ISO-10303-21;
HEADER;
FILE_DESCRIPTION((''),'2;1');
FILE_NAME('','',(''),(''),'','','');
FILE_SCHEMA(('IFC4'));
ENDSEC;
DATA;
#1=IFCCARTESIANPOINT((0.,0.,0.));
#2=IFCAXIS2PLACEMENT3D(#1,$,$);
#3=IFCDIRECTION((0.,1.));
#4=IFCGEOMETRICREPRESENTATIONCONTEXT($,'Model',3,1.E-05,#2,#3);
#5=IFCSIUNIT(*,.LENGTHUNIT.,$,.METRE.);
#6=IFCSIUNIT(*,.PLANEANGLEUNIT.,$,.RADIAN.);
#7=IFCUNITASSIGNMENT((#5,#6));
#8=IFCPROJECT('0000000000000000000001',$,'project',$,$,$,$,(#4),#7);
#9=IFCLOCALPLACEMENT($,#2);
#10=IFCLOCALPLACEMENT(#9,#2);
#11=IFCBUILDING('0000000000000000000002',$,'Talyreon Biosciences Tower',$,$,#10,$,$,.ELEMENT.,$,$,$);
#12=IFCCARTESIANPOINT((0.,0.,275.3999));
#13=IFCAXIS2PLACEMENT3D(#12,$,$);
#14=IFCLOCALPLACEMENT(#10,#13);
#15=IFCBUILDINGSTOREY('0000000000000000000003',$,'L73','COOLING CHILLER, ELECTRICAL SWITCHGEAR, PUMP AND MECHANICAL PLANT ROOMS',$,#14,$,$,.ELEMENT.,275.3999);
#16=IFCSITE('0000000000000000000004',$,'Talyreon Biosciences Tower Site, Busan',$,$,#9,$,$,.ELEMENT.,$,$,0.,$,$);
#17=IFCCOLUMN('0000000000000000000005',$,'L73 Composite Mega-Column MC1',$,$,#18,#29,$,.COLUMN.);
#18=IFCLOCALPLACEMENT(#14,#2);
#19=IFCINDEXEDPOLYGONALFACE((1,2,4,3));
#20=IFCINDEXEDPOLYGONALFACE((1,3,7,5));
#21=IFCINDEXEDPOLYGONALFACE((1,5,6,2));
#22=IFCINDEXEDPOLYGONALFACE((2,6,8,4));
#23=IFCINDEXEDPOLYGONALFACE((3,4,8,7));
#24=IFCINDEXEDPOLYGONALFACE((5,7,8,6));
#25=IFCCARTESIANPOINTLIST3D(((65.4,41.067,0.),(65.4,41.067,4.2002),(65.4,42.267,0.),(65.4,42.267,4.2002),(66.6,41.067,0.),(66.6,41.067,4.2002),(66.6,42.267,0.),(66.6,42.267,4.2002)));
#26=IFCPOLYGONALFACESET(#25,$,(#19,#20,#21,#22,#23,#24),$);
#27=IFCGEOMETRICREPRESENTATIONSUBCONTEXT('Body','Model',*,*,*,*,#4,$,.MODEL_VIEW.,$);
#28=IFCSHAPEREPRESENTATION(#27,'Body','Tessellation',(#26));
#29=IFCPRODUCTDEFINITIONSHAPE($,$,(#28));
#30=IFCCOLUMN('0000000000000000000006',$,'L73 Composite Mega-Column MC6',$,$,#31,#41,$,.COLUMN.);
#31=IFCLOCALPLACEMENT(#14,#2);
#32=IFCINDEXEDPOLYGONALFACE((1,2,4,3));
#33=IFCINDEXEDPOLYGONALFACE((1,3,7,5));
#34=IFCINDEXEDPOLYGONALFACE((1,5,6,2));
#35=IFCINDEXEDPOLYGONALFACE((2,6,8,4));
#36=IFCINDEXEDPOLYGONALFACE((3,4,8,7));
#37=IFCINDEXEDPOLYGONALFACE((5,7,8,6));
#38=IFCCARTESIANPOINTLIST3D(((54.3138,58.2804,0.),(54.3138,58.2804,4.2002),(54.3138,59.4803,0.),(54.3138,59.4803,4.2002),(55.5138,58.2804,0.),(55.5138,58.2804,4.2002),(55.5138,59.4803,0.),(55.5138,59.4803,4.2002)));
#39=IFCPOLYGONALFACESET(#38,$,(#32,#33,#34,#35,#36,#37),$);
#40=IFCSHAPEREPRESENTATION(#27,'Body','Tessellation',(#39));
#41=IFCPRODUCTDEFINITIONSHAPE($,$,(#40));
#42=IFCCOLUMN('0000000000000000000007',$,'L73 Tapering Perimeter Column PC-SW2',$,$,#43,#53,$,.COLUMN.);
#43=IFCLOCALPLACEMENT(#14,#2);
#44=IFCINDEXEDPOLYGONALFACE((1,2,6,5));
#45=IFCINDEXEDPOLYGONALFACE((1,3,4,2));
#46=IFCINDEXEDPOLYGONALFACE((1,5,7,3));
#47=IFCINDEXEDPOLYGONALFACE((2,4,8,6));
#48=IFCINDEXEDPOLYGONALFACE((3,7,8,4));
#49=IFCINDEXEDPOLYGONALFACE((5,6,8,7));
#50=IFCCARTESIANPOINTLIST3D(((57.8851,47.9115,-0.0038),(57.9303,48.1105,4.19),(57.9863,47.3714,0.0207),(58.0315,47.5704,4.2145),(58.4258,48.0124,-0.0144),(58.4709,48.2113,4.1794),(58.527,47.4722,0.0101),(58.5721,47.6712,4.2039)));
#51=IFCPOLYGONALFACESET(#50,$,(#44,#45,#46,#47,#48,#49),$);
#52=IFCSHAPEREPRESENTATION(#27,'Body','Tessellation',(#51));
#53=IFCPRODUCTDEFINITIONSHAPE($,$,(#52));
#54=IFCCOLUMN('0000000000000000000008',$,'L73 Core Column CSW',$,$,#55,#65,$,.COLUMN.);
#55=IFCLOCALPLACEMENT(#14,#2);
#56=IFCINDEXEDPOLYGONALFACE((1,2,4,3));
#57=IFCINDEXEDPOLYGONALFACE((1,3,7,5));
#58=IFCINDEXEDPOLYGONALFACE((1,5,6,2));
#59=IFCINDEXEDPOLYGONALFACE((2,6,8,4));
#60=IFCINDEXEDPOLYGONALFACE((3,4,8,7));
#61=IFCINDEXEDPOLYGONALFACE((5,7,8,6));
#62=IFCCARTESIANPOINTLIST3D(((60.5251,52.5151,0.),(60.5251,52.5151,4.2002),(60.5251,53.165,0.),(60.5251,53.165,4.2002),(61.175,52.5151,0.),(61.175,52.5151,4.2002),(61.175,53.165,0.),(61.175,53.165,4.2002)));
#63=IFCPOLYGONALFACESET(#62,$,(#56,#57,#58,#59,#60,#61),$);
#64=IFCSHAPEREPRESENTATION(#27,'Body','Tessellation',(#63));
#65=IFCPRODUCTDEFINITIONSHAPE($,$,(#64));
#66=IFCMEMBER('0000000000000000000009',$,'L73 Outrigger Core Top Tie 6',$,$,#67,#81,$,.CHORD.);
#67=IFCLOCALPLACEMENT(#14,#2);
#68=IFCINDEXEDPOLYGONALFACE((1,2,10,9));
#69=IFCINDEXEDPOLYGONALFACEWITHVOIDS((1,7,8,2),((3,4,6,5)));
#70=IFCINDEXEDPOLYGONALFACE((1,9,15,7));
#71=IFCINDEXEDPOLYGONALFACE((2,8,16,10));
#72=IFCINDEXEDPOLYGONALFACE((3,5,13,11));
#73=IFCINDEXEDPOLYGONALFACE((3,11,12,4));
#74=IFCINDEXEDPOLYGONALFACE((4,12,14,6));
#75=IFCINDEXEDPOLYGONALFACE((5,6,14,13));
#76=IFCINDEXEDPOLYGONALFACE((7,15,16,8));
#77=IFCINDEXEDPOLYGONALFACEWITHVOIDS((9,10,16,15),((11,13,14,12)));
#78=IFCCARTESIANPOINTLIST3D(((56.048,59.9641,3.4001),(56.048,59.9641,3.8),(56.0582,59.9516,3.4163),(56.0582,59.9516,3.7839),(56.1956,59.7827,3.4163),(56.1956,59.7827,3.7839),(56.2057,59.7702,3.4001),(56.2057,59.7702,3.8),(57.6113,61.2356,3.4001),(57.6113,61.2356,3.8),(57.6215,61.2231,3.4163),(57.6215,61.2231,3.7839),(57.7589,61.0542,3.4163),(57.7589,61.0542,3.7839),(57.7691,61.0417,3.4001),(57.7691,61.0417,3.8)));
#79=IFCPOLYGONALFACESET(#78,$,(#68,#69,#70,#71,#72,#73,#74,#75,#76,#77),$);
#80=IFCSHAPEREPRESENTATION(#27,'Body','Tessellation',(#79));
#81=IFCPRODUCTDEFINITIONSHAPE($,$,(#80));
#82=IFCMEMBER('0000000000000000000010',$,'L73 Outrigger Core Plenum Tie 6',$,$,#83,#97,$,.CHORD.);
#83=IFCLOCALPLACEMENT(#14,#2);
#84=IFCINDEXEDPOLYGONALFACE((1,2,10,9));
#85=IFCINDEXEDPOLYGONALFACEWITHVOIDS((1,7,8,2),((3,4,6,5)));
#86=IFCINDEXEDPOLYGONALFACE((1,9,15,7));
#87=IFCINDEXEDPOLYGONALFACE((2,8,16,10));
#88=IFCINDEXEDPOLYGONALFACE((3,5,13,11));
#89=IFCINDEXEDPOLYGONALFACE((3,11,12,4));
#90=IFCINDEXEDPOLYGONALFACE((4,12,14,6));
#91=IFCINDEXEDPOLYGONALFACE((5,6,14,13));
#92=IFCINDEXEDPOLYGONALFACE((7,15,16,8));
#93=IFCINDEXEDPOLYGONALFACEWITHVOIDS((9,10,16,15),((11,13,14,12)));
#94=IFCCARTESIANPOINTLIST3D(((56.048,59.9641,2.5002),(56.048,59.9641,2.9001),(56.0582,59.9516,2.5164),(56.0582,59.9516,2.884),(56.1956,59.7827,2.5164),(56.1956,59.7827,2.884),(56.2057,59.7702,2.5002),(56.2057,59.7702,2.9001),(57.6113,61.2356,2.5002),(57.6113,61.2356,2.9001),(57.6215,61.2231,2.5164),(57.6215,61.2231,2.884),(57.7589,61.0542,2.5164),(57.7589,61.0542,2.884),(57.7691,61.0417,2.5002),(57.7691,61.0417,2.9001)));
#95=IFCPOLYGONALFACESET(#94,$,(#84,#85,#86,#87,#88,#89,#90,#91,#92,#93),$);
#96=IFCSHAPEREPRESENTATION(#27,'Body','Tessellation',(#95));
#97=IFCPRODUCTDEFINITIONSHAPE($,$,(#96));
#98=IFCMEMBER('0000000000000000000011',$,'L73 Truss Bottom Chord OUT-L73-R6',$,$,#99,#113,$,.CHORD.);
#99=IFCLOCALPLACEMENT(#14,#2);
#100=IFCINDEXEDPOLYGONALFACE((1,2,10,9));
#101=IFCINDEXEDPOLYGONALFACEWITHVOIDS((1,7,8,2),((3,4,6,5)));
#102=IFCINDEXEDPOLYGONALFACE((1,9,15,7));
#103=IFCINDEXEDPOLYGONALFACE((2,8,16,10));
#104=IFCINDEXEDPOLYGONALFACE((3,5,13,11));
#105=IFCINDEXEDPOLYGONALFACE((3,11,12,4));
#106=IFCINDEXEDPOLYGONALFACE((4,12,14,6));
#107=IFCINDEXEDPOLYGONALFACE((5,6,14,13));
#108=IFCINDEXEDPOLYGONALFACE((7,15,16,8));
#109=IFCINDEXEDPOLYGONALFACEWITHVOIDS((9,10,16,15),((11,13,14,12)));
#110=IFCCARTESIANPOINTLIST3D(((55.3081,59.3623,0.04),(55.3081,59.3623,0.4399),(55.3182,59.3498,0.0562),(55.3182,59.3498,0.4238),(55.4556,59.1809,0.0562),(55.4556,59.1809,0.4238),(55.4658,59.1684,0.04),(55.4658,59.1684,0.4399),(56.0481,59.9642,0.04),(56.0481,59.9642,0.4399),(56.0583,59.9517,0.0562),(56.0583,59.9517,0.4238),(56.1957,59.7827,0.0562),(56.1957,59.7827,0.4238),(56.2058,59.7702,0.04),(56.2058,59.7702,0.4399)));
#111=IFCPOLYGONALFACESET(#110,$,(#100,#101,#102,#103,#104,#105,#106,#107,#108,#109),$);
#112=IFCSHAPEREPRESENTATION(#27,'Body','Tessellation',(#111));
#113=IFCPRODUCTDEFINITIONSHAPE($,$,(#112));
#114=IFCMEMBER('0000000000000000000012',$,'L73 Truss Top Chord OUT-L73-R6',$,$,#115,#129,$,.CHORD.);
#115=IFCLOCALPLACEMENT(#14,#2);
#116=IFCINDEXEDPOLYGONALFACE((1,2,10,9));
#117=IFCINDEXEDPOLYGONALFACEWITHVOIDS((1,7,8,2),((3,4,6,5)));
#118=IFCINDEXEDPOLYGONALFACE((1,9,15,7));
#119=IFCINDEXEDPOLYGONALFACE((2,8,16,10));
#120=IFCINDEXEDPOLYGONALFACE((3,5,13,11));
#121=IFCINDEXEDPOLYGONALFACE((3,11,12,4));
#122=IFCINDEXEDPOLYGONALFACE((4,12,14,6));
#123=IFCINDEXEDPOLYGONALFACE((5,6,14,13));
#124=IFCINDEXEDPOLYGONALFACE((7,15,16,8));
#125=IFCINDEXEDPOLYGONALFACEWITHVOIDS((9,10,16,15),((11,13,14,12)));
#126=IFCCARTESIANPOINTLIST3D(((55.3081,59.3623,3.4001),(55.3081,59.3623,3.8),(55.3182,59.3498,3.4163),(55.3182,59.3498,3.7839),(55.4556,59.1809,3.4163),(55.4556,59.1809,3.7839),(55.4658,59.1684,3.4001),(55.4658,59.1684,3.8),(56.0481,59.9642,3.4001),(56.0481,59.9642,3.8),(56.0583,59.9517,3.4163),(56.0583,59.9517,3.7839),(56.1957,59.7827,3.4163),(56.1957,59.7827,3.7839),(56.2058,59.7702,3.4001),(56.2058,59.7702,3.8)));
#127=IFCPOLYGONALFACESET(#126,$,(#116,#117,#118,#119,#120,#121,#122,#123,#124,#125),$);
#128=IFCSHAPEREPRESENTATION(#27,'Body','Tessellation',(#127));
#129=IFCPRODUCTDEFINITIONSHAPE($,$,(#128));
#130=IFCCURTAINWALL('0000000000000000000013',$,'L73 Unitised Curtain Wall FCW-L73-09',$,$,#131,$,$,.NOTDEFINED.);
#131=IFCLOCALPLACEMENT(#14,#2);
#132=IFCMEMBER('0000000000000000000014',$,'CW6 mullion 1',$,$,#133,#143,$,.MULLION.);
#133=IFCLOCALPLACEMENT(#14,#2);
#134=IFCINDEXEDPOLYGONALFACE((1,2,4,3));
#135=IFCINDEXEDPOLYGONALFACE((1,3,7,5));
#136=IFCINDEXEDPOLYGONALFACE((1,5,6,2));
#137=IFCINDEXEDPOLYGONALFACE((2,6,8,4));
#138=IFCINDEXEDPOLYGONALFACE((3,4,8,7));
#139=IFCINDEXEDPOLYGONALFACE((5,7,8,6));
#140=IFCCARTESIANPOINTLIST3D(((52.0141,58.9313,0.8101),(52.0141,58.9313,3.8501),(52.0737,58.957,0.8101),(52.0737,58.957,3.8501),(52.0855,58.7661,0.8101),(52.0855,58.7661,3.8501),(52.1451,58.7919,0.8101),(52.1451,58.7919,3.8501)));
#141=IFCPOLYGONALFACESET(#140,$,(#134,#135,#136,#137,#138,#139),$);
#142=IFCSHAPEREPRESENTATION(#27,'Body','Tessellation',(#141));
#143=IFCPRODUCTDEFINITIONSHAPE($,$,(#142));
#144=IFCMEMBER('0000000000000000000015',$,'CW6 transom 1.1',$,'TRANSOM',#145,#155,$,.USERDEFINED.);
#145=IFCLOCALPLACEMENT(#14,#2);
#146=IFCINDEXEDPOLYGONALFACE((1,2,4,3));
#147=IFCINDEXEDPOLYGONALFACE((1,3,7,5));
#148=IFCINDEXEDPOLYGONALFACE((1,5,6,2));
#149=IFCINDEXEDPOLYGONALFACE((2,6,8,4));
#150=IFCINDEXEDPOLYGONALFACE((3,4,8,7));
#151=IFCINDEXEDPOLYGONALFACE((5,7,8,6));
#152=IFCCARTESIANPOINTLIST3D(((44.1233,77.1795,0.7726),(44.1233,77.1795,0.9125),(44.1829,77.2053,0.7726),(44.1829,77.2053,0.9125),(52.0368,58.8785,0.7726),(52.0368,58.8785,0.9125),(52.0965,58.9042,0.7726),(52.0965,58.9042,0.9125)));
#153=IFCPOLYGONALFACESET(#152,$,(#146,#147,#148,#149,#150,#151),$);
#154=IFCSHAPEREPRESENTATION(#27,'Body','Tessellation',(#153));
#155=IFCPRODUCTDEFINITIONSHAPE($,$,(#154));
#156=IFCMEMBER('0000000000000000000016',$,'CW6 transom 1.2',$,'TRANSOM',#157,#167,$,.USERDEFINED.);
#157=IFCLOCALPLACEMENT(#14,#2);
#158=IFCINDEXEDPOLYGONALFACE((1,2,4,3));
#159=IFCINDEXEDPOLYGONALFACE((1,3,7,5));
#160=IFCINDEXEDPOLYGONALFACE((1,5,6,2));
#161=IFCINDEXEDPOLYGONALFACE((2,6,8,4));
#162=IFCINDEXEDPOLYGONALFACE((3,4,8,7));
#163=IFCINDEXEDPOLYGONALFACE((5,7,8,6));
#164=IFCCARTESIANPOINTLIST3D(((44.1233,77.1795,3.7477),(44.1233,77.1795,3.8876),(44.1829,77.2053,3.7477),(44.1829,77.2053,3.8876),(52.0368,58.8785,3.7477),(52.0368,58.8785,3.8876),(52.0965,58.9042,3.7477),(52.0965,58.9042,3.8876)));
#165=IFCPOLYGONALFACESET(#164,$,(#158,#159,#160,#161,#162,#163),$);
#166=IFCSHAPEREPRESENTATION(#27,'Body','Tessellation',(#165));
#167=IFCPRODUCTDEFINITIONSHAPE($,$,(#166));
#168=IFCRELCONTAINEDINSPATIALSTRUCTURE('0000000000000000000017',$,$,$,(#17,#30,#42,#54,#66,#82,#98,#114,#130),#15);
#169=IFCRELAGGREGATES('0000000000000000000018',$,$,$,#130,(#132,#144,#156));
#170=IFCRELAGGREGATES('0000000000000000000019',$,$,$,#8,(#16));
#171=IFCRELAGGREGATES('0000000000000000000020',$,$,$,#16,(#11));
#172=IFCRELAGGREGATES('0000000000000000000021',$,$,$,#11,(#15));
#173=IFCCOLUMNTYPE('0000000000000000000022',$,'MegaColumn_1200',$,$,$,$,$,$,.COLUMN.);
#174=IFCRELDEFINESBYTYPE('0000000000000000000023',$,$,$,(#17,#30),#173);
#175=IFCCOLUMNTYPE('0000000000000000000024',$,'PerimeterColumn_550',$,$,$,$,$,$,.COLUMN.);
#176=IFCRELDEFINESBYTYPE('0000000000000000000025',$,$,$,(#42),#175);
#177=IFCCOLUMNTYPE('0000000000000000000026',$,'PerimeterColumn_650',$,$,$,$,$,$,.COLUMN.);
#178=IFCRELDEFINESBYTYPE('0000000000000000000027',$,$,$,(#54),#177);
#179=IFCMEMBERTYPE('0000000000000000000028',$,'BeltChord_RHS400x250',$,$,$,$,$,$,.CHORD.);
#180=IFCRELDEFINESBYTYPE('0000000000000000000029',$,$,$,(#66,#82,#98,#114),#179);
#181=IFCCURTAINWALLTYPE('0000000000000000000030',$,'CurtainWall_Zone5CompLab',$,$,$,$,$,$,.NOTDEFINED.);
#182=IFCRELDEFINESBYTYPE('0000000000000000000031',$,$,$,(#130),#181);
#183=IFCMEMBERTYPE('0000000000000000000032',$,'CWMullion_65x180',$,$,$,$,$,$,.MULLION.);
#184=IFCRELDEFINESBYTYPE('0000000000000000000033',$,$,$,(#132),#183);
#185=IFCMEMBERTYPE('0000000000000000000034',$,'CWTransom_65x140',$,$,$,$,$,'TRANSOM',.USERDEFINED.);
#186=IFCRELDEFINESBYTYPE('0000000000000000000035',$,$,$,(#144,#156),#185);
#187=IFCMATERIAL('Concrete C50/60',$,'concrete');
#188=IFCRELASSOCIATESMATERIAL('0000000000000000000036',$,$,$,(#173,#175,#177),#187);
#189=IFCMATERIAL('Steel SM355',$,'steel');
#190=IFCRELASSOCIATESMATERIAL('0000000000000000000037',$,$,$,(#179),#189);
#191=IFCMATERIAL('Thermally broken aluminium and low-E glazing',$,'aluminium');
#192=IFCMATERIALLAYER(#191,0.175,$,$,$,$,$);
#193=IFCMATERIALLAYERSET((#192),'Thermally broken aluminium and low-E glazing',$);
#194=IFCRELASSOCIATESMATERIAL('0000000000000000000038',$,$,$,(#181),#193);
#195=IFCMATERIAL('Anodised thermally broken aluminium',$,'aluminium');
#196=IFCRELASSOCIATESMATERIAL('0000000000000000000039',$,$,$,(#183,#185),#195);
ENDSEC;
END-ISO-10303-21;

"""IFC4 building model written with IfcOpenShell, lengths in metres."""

from ifc_helpers import new_model, si_unit, direction, frame, origin, origin_2d, place, context, subcontext, project, spatial, rectangle, hollow_rectangle, extrude, material, layer, layer_set, material_profile, profile_set, type_object, element, aggregate, save


model = new_model("IFC4")

# Units and contexts
model_context = context("Model", 3, precision=1e-05, world=origin(), true_north=direction((0.0, 1.0)))
body_context = subcontext(model_context, "Body", "Model", "MODEL_VIEW")
ifc_project = project(units=[si_unit("LENGTHUNIT", "METRE"), si_unit("PLANEANGLEUNIT", "RADIAN")], contexts=[model_context])

# Site, building, storey
site_placement = place(None, origin())
site = spatial("IfcSite", under=ifc_project, at=site_placement, Name="Talyreon Biosciences Tower Site, Busan", CompositionType="ELEMENT", RefElevation=0.0)
building_placement = place(site_placement, origin())
building = spatial("IfcBuilding", under=site, at=building_placement, Name="Talyreon Biosciences Tower", CompositionType="ELEMENT")
storey_placement = place(building_placement, frame((0.0, 0.0, 275.3999)))
storey = spatial("IfcBuildingStorey", under=building, at=storey_placement, Name="L73", Description="COOLING CHILLER, ELECTRICAL SWITCHGEAR, PUMP AND MECHANICAL PLANT ROOMS", CompositionType="ELEMENT", Elevation=275.3999)

# Columns
ifc_material_1 = material(Name="Concrete C50/60", Category="concrete")
ifc_material_profile_1 = material_profile(ifc_material_1, rectangle(XDim=1.2, YDim=1.2, at=origin_2d()), Name="RC 1200x1200")
ifc_profile_set_1 = profile_set([ifc_material_profile_1], Name="Concrete C50/60")
column_type_1 = type_object("IfcColumnType", Name="MegaColumn_1200", PredefinedType="COLUMN", material=ifc_profile_set_1)
for number, where, z_axis, x_axis, name in (
    (1, (66.0, 41.667, 0.0), (0.0, 0.0, 1.0), (1.0, 0.0, 0.0), "L73 Composite Mega-Column MC1"),
    (2, (54.9138, 58.8804, 0.0), (0.0, 0.0, 1.0), (1.0, 0.0, 0.0), "L73 Composite Mega-Column MC6"),
):
    element("IfcColumn", number, at=place(storey_placement, frame(where, z_axis=z_axis, x_axis=x_axis)), inside=storey, type_object=column_type_1, Name=name, PredefinedType="COLUMN", context=body_context, shape_type="SweptSolid", body=[
        extrude(rectangle(XDim=1.2, YDim=1.2, at=origin_2d()), origin(), (0.0, 0.0, 1.0), 4.2002),
    ])
ifc_material_profile_2 = material_profile(ifc_material_1, rectangle(XDim=0.55, YDim=0.55, at=origin_2d()), Name="RC 550x550")
ifc_profile_set_2 = profile_set([ifc_material_profile_2], Name="Concrete C50/60")
column_type_2 = type_object("IfcColumnType", Name="PerimeterColumn_550", PredefinedType="COLUMN", material=ifc_profile_set_2)
column_1_placement = place(storey_placement, frame((58.2061, 47.6919, 0.0032), z_axis=(0.010757, 0.047388, 0.998819), x_axis=(-0.183967, 0.98192, -0.044605)))
element("IfcColumn", 3, at=column_1_placement, inside=storey, type_object=column_type_2, Name="L73 Tapering Perimeter Column PC-SW2", PredefinedType="COLUMN", context=body_context, shape_type="SweptSolid", body=[
    extrude(rectangle(XDim=0.55, YDim=0.55, at=origin_2d()), origin(), (0.0, 0.0, 1.0), 4.1987),
])
ifc_material_profile_3 = material_profile(ifc_material_1, rectangle(XDim=0.6499, YDim=0.6499, at=origin_2d()), Name="RC 650x650")
ifc_profile_set_3 = profile_set([ifc_material_profile_3], Name="Concrete C50/60")
column_type_3 = type_object("IfcColumnType", Name="PerimeterColumn_650", PredefinedType="COLUMN", material=ifc_profile_set_3)
column_2_placement = place(storey_placement, frame((60.8501, 52.8401, 0.0), z_axis=(0.0, 0.0, 1.0), x_axis=(1.0, 0.0, 0.0)))
element("IfcColumn", 4, at=column_2_placement, inside=storey, type_object=column_type_3, Name="L73 Core Column CSW", PredefinedType="COLUMN", context=body_context, shape_type="SweptSolid", body=[
    extrude(rectangle(XDim=0.6499, YDim=0.6499, at=origin_2d()), origin(), (0.0, 0.0, 1.0), 4.2002),
])

# Members
ifc_material_2 = material(Name="Steel SM355", Category="steel")
ifc_material_profile_4 = material_profile(ifc_material_2, hollow_rectangle(XDim=0.25, YDim=0.3999, WallThickness=0.0161, at=origin_2d()), Name="RHS 400x250x16")
ifc_profile_set_4 = profile_set([ifc_material_profile_4], Name="Steel SM355")
member_type_1 = type_object("IfcMemberType", Name="BeltChord_RHS400x250", PredefinedType="CHORD", material=ifc_profile_set_4)
for number, where, z_axis, x_axis, name in (
    (5, (57.6902, 61.1387, 3.6001), (-0.775784, -0.630998, 0.0), (0.630998, -0.775784, 0.0), "L73 Outrigger Core Top Tie 6"),
    (6, (57.6902, 61.1387, 2.7002), (-0.775784, -0.630998, 0.0), (0.630998, -0.775784, 0.0), "L73 Outrigger Core Plenum Tie 6"),
):
    element("IfcMember", number, at=place(storey_placement, frame(where, z_axis=z_axis, x_axis=x_axis)), inside=storey, type_object=member_type_1, Name=name, PredefinedType="CHORD", context=body_context, shape_type="SweptSolid", body=[
        extrude(hollow_rectangle(XDim=0.25, YDim=0.3999, WallThickness=0.0161, at=origin_2d()), origin(), (0.0, 0.0, 1.0), 2.0151),
    ])
for number, where, z_axis, x_axis, name in (
    (7, (56.127, 59.8672, 0.24), (-0.775824, -0.630949, 0.0), (0.630949, -0.775824, 0.0), "L73 Truss Bottom Chord OUT-L73-R6"),
    (8, (56.127, 59.8672, 3.6001), (-0.775824, -0.630949, 0.0), (0.630949, -0.775824, 0.0), "L73 Truss Top Chord OUT-L73-R6"),
):
    element("IfcMember", number, at=place(storey_placement, frame(where, z_axis=z_axis, x_axis=x_axis)), inside=storey, type_object=member_type_1, Name=name, PredefinedType="CHORD", context=body_context, shape_type="SweptSolid", body=[
        extrude(hollow_rectangle(XDim=0.25, YDim=0.3999, WallThickness=0.0161, at=origin_2d()), origin(), (0.0, 0.0, 1.0), 0.9539),
    ])

# Curtain wall, members
ifc_material_3 = material(Name="Thermally broken aluminium and low-E glazing", Category="aluminium")
ifc_layer_1 = layer(ifc_material_3, 0.175)
ifc_layer_set_1 = layer_set([ifc_layer_1], Name="Thermally broken aluminium and low-E glazing")
curtain_wall_type = type_object("IfcCurtainWallType", Name="CurtainWall_Zone5CompLab", PredefinedType="NOTDEFINED", material=ifc_layer_set_1)
curtain_wall_placement = place(storey_placement, origin())
curtain_wall = element("IfcCurtainWall", 9, at=curtain_wall_placement, inside=storey, type_object=curtain_wall_type, Name="L73 Unitised Curtain Wall FCW-L73-09", PredefinedType="NOTDEFINED")
ifc_material_4 = material(Name="Anodised thermally broken aluminium", Category="aluminium")
ifc_material_profile_5 = material_profile(ifc_material_4, rectangle(XDim=0.0649, YDim=0.1799, at=origin_2d()), Name="ALUM MULLION 65x180")
ifc_profile_set_5 = profile_set([ifc_material_profile_5], Name="Anodised thermally broken aluminium")
member_type_2 = type_object("IfcMemberType", Name="CWMullion_65x180", PredefinedType="MULLION", material=ifc_profile_set_5)
member_1_placement = place(storey_placement, frame((52.0796, 58.8616, 0.8101), z_axis=(0.0, 0.0, 1.0), x_axis=(-0.917867, -0.396889, 0.0)))
member_1 = element("IfcMember", 10, at=member_1_placement, type_object=member_type_2, Name="CW6 mullion 1", PredefinedType="MULLION", context=body_context, shape_type="SweptSolid", body=[
    extrude(rectangle(XDim=0.0649, YDim=0.1799, at=origin_2d()), origin(), (0.0, 0.0, 1.0), 3.04),
])
ifc_material_profile_6 = material_profile(ifc_material_4, rectangle(XDim=0.0649, YDim=0.1399, at=origin_2d()), Name="ALUM TRANSOM 65x140")
ifc_profile_set_6 = profile_set([ifc_material_profile_6], Name="Anodised thermally broken aluminium")
member_type_3 = type_object("IfcMemberType", Name="CWTransom_65x140", ElementType="TRANSOM", PredefinedType="USERDEFINED", material=ifc_profile_set_6)
member_2_placement = place(storey_placement, frame((52.0667, 58.8914, 0.8425), z_axis=(-0.396895, 0.917864, 0.0), x_axis=(-0.917864, -0.396895, 0.0)))
member_2 = element("IfcMember", 11, at=member_2_placement, type_object=member_type_3, Name="CW6 transom 1.1", ObjectType="TRANSOM", PredefinedType="USERDEFINED", context=body_context, shape_type="SweptSolid", body=[
    extrude(rectangle(XDim=0.0649, YDim=0.1399, at=origin_2d()), origin(), (0.0, 0.0, 1.0), 19.9387),
])
member_3_placement = place(storey_placement, frame((52.0667, 58.8914, 3.8176), z_axis=(-0.396895, 0.917864, 0.0), x_axis=(-0.917864, -0.396895, 0.0)))
member_3 = element("IfcMember", 12, at=member_3_placement, type_object=member_type_3, Name="CW6 transom 1.2", ObjectType="TRANSOM", PredefinedType="USERDEFINED", context=body_context, shape_type="SweptSolid", body=[
    extrude(rectangle(XDim=0.0649, YDim=0.1399, at=origin_2d()), origin(), (0.0, 0.0, 1.0), 19.9387),
])
aggregate(curtain_wall, [member_1, member_2, member_3])

save(model, "model.ifc")
